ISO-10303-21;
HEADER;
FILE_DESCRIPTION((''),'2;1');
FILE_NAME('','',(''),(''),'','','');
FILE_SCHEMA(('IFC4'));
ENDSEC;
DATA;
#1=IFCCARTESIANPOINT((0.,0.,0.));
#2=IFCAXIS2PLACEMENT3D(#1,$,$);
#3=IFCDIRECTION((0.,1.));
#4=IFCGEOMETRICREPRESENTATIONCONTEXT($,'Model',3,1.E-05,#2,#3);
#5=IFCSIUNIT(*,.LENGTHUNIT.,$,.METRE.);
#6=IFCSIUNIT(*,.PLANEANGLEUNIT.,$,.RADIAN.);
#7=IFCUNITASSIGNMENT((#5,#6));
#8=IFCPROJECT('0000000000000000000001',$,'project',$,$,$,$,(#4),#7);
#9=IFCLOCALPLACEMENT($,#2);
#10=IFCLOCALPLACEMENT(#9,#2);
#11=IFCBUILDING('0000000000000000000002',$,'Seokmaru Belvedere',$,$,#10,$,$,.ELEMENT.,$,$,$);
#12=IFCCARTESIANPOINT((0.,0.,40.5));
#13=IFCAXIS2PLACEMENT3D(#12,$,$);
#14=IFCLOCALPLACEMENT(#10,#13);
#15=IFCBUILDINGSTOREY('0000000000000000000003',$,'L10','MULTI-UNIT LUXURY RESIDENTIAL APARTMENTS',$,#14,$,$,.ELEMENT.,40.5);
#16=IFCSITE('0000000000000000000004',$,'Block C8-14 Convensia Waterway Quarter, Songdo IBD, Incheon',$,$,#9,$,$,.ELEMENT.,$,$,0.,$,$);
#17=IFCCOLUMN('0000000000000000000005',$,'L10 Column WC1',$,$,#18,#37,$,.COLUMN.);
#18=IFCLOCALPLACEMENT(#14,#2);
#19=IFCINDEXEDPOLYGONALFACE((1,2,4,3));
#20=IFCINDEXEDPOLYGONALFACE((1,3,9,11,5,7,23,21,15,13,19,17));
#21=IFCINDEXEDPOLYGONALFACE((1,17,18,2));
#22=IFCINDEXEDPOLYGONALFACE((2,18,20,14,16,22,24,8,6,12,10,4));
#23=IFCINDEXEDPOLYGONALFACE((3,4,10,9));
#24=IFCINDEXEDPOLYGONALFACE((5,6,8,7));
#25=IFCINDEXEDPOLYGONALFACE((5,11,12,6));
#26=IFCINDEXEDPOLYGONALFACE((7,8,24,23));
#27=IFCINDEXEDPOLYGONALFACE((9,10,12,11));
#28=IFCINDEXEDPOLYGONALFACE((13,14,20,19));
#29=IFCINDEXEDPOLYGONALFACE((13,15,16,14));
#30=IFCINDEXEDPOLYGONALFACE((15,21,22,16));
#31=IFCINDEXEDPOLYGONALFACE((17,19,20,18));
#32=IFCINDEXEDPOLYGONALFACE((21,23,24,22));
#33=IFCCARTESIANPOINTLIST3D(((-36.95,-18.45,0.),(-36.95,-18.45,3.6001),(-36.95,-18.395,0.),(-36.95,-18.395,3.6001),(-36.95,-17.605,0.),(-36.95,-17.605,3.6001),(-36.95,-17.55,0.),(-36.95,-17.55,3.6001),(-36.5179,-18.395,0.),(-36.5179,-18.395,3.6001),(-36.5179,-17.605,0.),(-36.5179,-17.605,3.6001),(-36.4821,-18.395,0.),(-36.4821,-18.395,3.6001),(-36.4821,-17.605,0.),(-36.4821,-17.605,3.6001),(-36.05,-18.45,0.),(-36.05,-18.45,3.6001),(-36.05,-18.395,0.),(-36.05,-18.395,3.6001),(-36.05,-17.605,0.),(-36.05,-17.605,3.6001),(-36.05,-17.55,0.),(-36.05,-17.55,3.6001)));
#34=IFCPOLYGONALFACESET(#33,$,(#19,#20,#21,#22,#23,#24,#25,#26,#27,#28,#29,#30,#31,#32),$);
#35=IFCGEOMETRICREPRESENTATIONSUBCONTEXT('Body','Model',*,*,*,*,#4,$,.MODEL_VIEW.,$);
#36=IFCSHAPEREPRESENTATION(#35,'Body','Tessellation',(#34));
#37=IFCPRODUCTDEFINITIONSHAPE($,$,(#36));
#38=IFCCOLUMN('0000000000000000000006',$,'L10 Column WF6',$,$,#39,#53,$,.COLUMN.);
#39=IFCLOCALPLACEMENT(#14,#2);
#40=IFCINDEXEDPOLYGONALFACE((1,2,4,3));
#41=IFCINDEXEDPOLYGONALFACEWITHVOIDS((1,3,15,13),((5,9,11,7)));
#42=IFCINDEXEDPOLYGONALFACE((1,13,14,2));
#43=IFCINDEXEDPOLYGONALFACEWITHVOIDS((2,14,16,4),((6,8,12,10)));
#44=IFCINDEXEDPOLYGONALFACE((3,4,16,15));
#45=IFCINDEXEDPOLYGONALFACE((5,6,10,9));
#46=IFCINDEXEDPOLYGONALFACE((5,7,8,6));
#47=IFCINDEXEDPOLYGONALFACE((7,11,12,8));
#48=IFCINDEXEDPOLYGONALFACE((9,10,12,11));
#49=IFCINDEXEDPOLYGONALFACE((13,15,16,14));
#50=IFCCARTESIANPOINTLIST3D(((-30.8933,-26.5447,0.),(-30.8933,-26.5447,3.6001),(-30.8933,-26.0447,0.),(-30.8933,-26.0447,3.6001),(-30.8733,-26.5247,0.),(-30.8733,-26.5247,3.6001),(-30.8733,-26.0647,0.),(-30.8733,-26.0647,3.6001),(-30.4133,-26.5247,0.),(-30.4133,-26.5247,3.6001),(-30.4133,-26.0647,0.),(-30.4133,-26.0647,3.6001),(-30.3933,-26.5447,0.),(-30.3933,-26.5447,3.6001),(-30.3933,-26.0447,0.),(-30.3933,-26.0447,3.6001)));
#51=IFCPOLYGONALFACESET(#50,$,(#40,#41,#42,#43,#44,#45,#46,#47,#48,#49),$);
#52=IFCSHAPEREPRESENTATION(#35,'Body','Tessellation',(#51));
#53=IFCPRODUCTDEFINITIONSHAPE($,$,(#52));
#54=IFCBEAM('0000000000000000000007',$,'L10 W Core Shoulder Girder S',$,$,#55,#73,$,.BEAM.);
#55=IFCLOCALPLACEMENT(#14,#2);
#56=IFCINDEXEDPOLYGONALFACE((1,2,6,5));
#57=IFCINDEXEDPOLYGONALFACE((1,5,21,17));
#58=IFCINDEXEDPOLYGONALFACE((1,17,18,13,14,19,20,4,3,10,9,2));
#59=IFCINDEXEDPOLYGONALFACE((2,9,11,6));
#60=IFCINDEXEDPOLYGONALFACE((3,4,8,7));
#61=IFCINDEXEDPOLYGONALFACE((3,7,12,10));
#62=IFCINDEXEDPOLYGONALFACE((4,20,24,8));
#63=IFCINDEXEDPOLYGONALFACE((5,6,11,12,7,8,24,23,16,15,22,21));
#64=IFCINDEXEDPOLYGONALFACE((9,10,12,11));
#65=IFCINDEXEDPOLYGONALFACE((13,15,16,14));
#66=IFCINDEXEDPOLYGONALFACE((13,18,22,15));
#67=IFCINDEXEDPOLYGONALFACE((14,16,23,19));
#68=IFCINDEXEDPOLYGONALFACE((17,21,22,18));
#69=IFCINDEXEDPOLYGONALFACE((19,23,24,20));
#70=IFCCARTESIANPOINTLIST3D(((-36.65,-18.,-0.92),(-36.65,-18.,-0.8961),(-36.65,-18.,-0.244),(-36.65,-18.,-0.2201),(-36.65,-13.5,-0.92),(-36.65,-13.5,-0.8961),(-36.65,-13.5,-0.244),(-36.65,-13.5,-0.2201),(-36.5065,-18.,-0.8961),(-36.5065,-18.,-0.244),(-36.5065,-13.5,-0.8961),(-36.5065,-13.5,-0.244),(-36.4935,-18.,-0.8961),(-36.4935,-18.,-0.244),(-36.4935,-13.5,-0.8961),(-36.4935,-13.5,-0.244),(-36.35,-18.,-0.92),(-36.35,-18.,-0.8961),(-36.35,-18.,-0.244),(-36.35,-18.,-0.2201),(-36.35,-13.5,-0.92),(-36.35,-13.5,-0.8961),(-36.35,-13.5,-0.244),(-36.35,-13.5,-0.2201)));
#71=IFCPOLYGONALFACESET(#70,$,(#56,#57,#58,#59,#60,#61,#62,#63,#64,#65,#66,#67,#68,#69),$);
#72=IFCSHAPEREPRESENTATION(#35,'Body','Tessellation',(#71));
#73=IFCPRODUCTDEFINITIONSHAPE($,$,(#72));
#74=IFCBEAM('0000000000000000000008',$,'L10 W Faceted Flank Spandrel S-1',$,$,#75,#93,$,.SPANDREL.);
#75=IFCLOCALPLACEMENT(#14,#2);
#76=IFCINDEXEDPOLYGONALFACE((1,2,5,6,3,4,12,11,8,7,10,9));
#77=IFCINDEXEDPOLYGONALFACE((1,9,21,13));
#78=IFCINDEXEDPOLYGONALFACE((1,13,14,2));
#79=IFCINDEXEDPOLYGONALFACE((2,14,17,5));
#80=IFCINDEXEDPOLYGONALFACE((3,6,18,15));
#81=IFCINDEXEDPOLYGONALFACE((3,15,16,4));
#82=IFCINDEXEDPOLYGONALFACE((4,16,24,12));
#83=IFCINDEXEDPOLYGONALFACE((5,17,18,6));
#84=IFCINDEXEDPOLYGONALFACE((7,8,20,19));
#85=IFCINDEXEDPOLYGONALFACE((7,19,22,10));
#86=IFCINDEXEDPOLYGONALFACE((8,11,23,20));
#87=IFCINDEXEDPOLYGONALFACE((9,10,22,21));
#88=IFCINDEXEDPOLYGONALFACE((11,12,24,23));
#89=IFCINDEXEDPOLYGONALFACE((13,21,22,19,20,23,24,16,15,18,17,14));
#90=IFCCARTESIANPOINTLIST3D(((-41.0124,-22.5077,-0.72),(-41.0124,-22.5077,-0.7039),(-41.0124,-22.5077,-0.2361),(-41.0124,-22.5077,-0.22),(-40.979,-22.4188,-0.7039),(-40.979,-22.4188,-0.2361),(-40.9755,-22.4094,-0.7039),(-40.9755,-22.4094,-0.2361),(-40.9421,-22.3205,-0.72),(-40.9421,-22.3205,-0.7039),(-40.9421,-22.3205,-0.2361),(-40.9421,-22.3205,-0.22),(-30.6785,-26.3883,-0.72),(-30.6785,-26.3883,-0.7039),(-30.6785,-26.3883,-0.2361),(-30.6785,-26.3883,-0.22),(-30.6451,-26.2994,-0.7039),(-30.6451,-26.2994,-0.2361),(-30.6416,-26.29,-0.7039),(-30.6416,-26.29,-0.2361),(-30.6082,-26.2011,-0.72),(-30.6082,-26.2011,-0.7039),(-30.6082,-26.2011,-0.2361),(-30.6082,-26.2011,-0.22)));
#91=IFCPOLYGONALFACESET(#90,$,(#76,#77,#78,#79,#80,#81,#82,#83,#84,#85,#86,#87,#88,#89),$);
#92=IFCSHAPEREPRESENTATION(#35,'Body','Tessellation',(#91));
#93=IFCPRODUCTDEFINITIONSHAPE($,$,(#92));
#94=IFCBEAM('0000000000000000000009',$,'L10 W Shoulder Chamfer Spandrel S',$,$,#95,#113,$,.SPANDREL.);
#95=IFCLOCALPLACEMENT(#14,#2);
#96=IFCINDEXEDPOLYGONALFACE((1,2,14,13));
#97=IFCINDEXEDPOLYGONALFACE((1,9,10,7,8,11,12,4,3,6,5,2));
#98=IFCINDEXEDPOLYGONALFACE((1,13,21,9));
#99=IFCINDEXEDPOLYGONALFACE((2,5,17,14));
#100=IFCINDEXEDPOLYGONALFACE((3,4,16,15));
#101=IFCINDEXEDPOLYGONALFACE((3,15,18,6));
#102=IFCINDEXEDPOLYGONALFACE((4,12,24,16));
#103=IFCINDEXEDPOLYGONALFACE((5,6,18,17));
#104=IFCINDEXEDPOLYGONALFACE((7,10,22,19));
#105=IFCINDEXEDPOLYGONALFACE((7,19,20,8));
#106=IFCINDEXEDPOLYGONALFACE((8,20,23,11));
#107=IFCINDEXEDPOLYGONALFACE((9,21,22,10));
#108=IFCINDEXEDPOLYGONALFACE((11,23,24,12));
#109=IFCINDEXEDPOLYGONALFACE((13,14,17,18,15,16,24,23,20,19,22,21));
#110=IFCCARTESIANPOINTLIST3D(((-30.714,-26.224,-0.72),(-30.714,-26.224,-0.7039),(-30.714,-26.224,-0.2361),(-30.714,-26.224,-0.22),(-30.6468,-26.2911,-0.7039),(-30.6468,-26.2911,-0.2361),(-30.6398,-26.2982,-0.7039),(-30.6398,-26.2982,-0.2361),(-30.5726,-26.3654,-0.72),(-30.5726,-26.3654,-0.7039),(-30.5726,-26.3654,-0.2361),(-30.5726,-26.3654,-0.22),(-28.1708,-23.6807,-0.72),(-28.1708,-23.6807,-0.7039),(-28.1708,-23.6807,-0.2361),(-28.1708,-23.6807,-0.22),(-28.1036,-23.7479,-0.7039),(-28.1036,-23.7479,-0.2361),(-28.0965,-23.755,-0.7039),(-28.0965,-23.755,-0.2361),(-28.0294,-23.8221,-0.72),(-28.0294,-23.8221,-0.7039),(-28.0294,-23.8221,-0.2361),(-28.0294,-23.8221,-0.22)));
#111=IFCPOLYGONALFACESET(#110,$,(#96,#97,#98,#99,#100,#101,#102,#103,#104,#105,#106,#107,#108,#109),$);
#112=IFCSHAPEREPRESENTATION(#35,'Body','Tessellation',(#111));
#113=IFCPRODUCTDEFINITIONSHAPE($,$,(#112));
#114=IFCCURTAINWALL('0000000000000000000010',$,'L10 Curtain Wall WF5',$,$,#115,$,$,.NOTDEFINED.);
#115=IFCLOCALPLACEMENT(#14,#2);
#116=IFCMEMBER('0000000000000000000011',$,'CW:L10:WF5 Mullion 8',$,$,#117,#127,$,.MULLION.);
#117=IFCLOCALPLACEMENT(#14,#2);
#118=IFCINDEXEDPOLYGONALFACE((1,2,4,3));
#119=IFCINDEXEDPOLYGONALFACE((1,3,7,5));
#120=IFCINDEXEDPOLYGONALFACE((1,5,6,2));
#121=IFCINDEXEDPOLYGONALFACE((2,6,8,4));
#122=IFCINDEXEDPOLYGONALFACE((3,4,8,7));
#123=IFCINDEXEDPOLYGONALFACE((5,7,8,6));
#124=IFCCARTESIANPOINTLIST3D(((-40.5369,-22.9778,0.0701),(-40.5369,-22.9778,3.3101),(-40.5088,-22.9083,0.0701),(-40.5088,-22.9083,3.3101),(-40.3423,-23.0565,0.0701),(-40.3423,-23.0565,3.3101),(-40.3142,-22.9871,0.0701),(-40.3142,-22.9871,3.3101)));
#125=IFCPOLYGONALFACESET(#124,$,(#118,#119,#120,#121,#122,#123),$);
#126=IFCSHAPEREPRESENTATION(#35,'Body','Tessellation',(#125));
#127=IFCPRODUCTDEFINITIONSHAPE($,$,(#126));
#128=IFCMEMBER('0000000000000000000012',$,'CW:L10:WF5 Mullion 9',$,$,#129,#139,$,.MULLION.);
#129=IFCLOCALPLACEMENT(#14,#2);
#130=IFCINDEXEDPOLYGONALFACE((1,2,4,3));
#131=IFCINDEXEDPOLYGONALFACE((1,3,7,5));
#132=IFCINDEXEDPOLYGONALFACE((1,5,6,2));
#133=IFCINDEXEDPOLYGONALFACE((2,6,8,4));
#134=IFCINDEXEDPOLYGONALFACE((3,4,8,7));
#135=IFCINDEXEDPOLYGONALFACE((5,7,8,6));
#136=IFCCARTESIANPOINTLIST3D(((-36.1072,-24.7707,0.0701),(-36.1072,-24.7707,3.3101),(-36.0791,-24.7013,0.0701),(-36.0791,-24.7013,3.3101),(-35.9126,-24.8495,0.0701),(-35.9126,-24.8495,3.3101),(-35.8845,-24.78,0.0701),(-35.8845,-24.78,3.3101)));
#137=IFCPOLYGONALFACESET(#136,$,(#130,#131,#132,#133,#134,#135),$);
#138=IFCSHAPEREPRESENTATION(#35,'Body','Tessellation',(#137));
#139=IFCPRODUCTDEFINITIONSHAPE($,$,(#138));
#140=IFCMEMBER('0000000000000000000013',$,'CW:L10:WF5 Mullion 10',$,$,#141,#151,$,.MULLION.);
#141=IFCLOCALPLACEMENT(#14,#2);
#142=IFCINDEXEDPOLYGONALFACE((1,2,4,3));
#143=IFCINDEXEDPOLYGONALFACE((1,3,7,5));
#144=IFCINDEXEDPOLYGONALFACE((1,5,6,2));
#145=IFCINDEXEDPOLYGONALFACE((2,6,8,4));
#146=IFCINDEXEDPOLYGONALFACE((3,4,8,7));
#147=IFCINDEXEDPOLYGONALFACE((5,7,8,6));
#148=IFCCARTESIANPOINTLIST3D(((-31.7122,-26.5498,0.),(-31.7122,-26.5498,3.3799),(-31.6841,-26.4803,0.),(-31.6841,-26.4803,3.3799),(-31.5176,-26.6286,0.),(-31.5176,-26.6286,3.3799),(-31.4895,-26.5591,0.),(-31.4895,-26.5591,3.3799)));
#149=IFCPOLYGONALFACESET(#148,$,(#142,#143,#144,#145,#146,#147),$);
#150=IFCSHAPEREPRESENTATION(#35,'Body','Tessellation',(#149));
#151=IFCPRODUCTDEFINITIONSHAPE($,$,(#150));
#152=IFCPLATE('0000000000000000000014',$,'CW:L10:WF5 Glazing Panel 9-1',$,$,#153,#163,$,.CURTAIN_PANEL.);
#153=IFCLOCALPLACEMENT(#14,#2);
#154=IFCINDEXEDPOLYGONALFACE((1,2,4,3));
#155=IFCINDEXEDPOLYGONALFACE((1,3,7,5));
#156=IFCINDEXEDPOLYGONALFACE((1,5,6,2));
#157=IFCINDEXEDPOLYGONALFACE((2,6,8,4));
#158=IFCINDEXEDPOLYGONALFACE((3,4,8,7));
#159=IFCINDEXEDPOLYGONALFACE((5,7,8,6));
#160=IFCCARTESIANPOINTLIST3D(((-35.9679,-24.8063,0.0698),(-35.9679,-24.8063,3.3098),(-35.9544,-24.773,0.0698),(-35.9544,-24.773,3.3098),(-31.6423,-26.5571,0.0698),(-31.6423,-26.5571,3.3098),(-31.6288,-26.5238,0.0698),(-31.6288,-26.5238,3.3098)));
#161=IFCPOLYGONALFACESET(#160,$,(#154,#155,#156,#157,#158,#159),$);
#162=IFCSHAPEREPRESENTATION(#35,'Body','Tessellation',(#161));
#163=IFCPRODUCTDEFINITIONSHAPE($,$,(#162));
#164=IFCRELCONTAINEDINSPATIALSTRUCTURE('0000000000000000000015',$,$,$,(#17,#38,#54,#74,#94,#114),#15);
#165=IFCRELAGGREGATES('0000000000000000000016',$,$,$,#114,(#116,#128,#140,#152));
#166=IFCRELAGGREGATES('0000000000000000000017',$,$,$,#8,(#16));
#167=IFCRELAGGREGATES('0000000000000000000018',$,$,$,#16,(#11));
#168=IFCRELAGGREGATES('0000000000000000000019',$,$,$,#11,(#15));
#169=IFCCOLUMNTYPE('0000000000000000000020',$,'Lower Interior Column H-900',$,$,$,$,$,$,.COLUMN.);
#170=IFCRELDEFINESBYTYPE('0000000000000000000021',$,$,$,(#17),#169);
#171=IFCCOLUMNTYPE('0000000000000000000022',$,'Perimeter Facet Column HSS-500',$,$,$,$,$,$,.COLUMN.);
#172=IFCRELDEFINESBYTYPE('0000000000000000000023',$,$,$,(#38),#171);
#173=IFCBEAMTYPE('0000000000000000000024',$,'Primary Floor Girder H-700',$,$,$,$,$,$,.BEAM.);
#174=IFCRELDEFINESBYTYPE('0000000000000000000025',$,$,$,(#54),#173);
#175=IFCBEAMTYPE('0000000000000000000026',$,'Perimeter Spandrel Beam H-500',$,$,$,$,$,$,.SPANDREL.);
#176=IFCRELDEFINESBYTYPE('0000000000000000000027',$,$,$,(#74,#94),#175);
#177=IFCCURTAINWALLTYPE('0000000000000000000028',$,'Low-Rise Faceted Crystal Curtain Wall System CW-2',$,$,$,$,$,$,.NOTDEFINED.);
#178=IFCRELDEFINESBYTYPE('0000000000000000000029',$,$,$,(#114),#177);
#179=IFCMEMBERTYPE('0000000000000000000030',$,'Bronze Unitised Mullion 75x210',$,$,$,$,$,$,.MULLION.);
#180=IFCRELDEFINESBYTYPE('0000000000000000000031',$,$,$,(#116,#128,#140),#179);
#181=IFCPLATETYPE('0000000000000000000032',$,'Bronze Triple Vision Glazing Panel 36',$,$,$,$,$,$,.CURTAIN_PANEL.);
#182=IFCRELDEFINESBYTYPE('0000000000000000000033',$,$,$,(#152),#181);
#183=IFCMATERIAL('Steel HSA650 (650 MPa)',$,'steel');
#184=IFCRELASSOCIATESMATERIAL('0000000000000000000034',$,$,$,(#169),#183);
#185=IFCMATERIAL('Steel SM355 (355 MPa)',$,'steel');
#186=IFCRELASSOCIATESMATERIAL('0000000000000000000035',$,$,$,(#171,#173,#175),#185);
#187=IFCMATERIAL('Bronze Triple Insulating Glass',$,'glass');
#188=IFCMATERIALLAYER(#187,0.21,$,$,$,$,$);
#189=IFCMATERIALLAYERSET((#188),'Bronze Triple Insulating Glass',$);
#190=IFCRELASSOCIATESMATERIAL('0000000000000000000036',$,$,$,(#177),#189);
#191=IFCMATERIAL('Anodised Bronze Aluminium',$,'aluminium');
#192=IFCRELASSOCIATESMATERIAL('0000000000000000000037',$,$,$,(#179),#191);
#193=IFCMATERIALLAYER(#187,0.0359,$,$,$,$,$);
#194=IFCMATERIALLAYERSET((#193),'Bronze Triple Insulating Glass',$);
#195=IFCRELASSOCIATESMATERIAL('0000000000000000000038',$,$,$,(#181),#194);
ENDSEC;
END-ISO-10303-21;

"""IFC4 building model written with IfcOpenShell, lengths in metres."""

from ifc_helpers import new_model, si_unit, direction, frame, origin, origin_2d, place, context, subcontext, project, spatial, rectangle, hollow_rectangle, i_section, extrude, source, transform, mapped, material, layer, layer_set, material_profile, profile_set, type_object, type_shapes, element, aggregate, save


model = new_model("IFC4")

# Units and contexts
model_context = context("Model", 3, precision=1e-05, world=origin(), true_north=direction((0.0, 1.0)))
body_context = subcontext(model_context, "Body", "Model", "MODEL_VIEW")
ifc_project = project(units=[si_unit("LENGTHUNIT", "METRE"), si_unit("PLANEANGLEUNIT", "RADIAN")], contexts=[model_context])

# Site, building, storey
site_placement = place(None, origin())
site = spatial("IfcSite", under=ifc_project, at=site_placement, Name="Block C8-14 Convensia Waterway Quarter, Songdo IBD, Incheon", CompositionType="ELEMENT", RefElevation=0.0)
building_placement = place(site_placement, origin())
building = spatial("IfcBuilding", under=site, at=building_placement, Name="Seokmaru Belvedere", CompositionType="ELEMENT")
storey_placement = place(building_placement, frame((0.0, 0.0, 40.5)))
storey = spatial("IfcBuildingStorey", under=building, at=storey_placement, Name="L10", Description="MULTI-UNIT LUXURY RESIDENTIAL APARTMENTS", CompositionType="ELEMENT", Elevation=40.5)

# Columns
ifc_material_1 = material(Name="Steel HSA650 (650 MPa)", Category="steel")
ifc_material_profile_1 = material_profile(ifc_material_1, i_section(OverallWidth=0.8999, OverallDepth=0.8999, WebThickness=0.0359, FlangeThickness=0.0549, at=origin_2d()), Name="H-900x900x36x55")
ifc_profile_set_1 = profile_set([ifc_material_profile_1], Name="Steel HSA650 (650 MPa)")
column_type_1 = type_object("IfcColumnType", Name="Lower Interior Column H-900", PredefinedType="COLUMN", material=ifc_profile_set_1)
shared_shape_1 = source(origin(), body_context, "Body", "SweptSolid", [
    extrude(i_section(OverallWidth=0.8999, OverallDepth=0.8999, WebThickness=0.0359, FlangeThickness=0.0549, at=origin_2d()), origin(), (0.0, 0.0, 1.0), 3.6001),
])
type_shapes(column_type_1, [shared_shape_1])
column_1_placement = place(storey_placement, frame((-36.5, -18.0, 0.0), z_axis=(0.0, 0.0, 1.0), x_axis=(1.0, 0.0, 0.0)))
element("IfcColumn", 1, at=column_1_placement, inside=storey, type_object=column_type_1, Name="L10 Column WC1", PredefinedType="COLUMN", context=body_context, shape_type="MappedRepresentation", body=[
    mapped(shared_shape_1, transform((0.0, 0.0, 0.0), scale=1.0)),
])
ifc_material_2 = material(Name="Steel SM355 (355 MPa)", Category="steel")
ifc_material_profile_2 = material_profile(ifc_material_2, hollow_rectangle(XDim=0.5, YDim=0.5, WallThickness=0.02, at=origin_2d()), Name="HSS-500x500x20")
ifc_profile_set_2 = profile_set([ifc_material_profile_2], Name="Steel SM355 (355 MPa)")
column_type_2 = type_object("IfcColumnType", Name="Perimeter Facet Column HSS-500", PredefinedType="COLUMN", material=ifc_profile_set_2)
shared_shape_2 = source(origin(), body_context, "Body", "SweptSolid", [
    extrude(hollow_rectangle(XDim=0.5, YDim=0.5, WallThickness=0.02, at=origin_2d()), origin(), (0.0, 0.0, 1.0), 3.6001),
])
type_shapes(column_type_2, [shared_shape_2])
column_2_placement = place(storey_placement, frame((-30.6433, -26.2947, 0.0), z_axis=(0.0, 0.0, 1.0), x_axis=(1.0, 0.0, 0.0)))
element("IfcColumn", 2, at=column_2_placement, inside=storey, type_object=column_type_2, Name="L10 Column WF6", PredefinedType="COLUMN", context=body_context, shape_type="MappedRepresentation", body=[
    mapped(shared_shape_2, transform((0.0, 0.0, 0.0), scale=1.0)),
])

# Beams
ifc_material_profile_3 = material_profile(ifc_material_2, i_section(OverallWidth=0.3, OverallDepth=0.7, WebThickness=0.0129, FlangeThickness=0.0239, at=origin_2d()), Name="H-700x300x13x24")
ifc_profile_set_3 = profile_set([ifc_material_profile_3], Name="Steel SM355 (355 MPa)")
beam_type_1 = type_object("IfcBeamType", Name="Primary Floor Girder H-700", PredefinedType="BEAM", material=ifc_profile_set_3)
shared_shape_3 = source(origin(), body_context, "Body", "SweptSolid", [
    extrude(i_section(OverallWidth=0.3, OverallDepth=0.7, WebThickness=0.0129, FlangeThickness=0.0239, at=origin_2d()), origin(), (0.0, 0.0, 1.0), 4.5),
])
type_shapes(beam_type_1, [shared_shape_3])
beam_1_placement = place(storey_placement, frame((-36.5, -18.0, -0.5701), z_axis=(0.0, 1.0, 0.0), x_axis=(-1.0, 0.0, 0.0)))
element("IfcBeam", 3, at=beam_1_placement, inside=storey, type_object=beam_type_1, Name="L10 W Core Shoulder Girder S", PredefinedType="BEAM", context=body_context, shape_type="MappedRepresentation", body=[
    mapped(shared_shape_3, transform((0.0, 0.0, 0.0), scale=1.0)),
])
ifc_material_profile_4 = material_profile(ifc_material_2, i_section(OverallWidth=0.2, OverallDepth=0.5, WebThickness=0.01, FlangeThickness=0.0161, at=origin_2d()), Name="H-500x200x10x16")
ifc_profile_set_4 = profile_set([ifc_material_profile_4], Name="Steel SM355 (355 MPa)")
beam_type_2 = type_object("IfcBeamType", Name="Perimeter Spandrel Beam H-500", PredefinedType="SPANDREL", material=ifc_profile_set_4)
shared_shape_4 = source(origin(), body_context, "Body", "SweptSolid", [
    extrude(i_section(OverallWidth=0.2, OverallDepth=0.5, WebThickness=0.01, FlangeThickness=0.0161, at=origin_2d()), origin(), (0.0, 0.0, 1.0), 11.0386),
])
beam_2_placement = place(storey_placement, frame((-30.6433, -26.2947, -0.47), z_axis=(-0.936169, 0.35155, 0.0), x_axis=(-0.35155, -0.936169, 0.0)))
element("IfcBeam", 4, at=beam_2_placement, inside=storey, type_object=beam_type_2, Name="L10 W Faceted Flank Spandrel S-1", PredefinedType="SPANDREL", context=body_context, shape_type="MappedRepresentation", body=[
    mapped(shared_shape_4, transform((0.0, 0.0, 0.0), scale=1.0)),
])
shared_shape_5 = source(origin(), body_context, "Body", "SweptSolid", [
    extrude(i_section(OverallWidth=0.2, OverallDepth=0.5, WebThickness=0.01, FlangeThickness=0.0161, at=origin_2d()), origin(), (0.0, 0.0, 1.0), 3.5967),
])
type_shapes(beam_type_2, [shared_shape_4, shared_shape_5])
beam_3_placement = place(storey_placement, frame((-30.6433, -26.2947, -0.47), z_axis=(0.707107, 0.707107, 0.0), x_axis=(-0.707107, 0.707107, 0.0)))
element("IfcBeam", 5, at=beam_3_placement, inside=storey, type_object=beam_type_2, Name="L10 W Shoulder Chamfer Spandrel S", PredefinedType="SPANDREL", context=body_context, shape_type="MappedRepresentation", body=[
    mapped(shared_shape_5, transform((0.0, 0.0, 0.0), scale=1.0)),
])

# Curtain wall, members, plate
ifc_material_3 = material(Name="Bronze Triple Insulating Glass", Category="glass")
ifc_layer_1 = layer(ifc_material_3, 0.21)
ifc_layer_set_1 = layer_set([ifc_layer_1], Name="Bronze Triple Insulating Glass")
curtain_wall_type = type_object("IfcCurtainWallType", Name="Low-Rise Faceted Crystal Curtain Wall System CW-2", PredefinedType="NOTDEFINED", material=ifc_layer_set_1)
curtain_wall_placement = place(storey_placement, origin())
curtain_wall = element("IfcCurtainWall", 6, at=curtain_wall_placement, inside=storey, type_object=curtain_wall_type, Name="L10 Curtain Wall WF5", PredefinedType="NOTDEFINED")
ifc_material_4 = material(Name="Anodised Bronze Aluminium", Category="aluminium")
ifc_material_profile_5 = material_profile(ifc_material_4, rectangle(XDim=0.075, YDim=0.21, at=origin_2d()), Name="CW-M-75x210")
ifc_profile_set_5 = profile_set([ifc_material_profile_5], Name="Anodised Bronze Aluminium")
member_type = type_object("IfcMemberType", Name="Bronze Unitised Mullion 75x210", PredefinedType="MULLION", material=ifc_profile_set_5)
shared_shape_6 = source(origin(), body_context, "Body", "SweptSolid", [
    extrude(rectangle(XDim=0.075, YDim=0.21, at=origin_2d()), origin(), (0.0, 0.0, 1.0), 3.24),
])
member_1_placement = place(storey_placement, frame((-40.4255, -22.9824, 0.0701), z_axis=(0.0, 0.0, 1.0), x_axis=(0.375192, 0.926947, 0.0)))
member_1 = element("IfcMember", 7, at=member_1_placement, type_object=member_type, Name="CW:L10:WF5 Mullion 8", PredefinedType="MULLION", context=body_context, shape_type="MappedRepresentation", body=[
    mapped(shared_shape_6, transform((0.0, 0.0, 0.0), scale=1.0)),
])
member_2_placement = place(storey_placement, frame((-35.9958, -24.7754, 0.0701), z_axis=(0.0, 0.0, 1.0), x_axis=(0.375192, 0.926947, 0.0)))
member_2 = element("IfcMember", 8, at=member_2_placement, type_object=member_type, Name="CW:L10:WF5 Mullion 9", PredefinedType="MULLION", context=body_context, shape_type="MappedRepresentation", body=[
    mapped(shared_shape_6, transform((0.0, 0.0, 0.0), scale=1.0)),
])
shared_shape_7 = source(origin(), body_context, "Body", "SweptSolid", [
    extrude(rectangle(XDim=0.075, YDim=0.21, at=origin_2d()), origin(), (0.0, 0.0, 1.0), 3.3799),
])
type_shapes(member_type, [shared_shape_6, shared_shape_7])
member_3_placement = place(storey_placement, frame((-31.6008, -26.5544, 0.0), z_axis=(0.0, 0.0, 1.0), x_axis=(0.375192, 0.926947, 0.0)))
member_3 = element("IfcMember", 9, at=member_3_placement, type_object=member_type, Name="CW:L10:WF5 Mullion 10", PredefinedType="MULLION", context=body_context, shape_type="MappedRepresentation", body=[
    mapped(shared_shape_7, transform((0.0, 0.0, 0.0), scale=1.0)),
])
ifc_layer_2 = layer(ifc_material_3, 0.0359)
ifc_layer_set_2 = layer_set([ifc_layer_2], Name="Bronze Triple Insulating Glass")
plate_type = type_object("IfcPlateType", Name="Bronze Triple Vision Glazing Panel 36", PredefinedType="CURTAIN_PANEL", material=ifc_layer_set_2)
shared_shape_8 = source(origin(), body_context, "Body", "SweptSolid", [
    extrude(rectangle(XDim=4.6665, YDim=0.0359, at=origin_2d()), origin(), (0.0, 0.0, 1.0), 3.24),
])
plate_1_placement = place(storey_placement, frame((-33.7983, -25.665, 0.0698), z_axis=(0.0, 0.0, 1.0), x_axis=(0.926947, -0.375192, 0.0)))
plate_1 = element("IfcPlate", 10, at=plate_1_placement, type_object=plate_type, Name="CW:L10:WF5 Glazing Panel 9-1", PredefinedType="CURTAIN_PANEL", context=body_context, shape_type="MappedRepresentation", body=[
    mapped(shared_shape_8, transform((0.0, 0.0, 0.0), scale=1.0)),
])
aggregate(curtain_wall, [member_1, member_2, member_3, plate_1])

save(model, "model.ifc")
